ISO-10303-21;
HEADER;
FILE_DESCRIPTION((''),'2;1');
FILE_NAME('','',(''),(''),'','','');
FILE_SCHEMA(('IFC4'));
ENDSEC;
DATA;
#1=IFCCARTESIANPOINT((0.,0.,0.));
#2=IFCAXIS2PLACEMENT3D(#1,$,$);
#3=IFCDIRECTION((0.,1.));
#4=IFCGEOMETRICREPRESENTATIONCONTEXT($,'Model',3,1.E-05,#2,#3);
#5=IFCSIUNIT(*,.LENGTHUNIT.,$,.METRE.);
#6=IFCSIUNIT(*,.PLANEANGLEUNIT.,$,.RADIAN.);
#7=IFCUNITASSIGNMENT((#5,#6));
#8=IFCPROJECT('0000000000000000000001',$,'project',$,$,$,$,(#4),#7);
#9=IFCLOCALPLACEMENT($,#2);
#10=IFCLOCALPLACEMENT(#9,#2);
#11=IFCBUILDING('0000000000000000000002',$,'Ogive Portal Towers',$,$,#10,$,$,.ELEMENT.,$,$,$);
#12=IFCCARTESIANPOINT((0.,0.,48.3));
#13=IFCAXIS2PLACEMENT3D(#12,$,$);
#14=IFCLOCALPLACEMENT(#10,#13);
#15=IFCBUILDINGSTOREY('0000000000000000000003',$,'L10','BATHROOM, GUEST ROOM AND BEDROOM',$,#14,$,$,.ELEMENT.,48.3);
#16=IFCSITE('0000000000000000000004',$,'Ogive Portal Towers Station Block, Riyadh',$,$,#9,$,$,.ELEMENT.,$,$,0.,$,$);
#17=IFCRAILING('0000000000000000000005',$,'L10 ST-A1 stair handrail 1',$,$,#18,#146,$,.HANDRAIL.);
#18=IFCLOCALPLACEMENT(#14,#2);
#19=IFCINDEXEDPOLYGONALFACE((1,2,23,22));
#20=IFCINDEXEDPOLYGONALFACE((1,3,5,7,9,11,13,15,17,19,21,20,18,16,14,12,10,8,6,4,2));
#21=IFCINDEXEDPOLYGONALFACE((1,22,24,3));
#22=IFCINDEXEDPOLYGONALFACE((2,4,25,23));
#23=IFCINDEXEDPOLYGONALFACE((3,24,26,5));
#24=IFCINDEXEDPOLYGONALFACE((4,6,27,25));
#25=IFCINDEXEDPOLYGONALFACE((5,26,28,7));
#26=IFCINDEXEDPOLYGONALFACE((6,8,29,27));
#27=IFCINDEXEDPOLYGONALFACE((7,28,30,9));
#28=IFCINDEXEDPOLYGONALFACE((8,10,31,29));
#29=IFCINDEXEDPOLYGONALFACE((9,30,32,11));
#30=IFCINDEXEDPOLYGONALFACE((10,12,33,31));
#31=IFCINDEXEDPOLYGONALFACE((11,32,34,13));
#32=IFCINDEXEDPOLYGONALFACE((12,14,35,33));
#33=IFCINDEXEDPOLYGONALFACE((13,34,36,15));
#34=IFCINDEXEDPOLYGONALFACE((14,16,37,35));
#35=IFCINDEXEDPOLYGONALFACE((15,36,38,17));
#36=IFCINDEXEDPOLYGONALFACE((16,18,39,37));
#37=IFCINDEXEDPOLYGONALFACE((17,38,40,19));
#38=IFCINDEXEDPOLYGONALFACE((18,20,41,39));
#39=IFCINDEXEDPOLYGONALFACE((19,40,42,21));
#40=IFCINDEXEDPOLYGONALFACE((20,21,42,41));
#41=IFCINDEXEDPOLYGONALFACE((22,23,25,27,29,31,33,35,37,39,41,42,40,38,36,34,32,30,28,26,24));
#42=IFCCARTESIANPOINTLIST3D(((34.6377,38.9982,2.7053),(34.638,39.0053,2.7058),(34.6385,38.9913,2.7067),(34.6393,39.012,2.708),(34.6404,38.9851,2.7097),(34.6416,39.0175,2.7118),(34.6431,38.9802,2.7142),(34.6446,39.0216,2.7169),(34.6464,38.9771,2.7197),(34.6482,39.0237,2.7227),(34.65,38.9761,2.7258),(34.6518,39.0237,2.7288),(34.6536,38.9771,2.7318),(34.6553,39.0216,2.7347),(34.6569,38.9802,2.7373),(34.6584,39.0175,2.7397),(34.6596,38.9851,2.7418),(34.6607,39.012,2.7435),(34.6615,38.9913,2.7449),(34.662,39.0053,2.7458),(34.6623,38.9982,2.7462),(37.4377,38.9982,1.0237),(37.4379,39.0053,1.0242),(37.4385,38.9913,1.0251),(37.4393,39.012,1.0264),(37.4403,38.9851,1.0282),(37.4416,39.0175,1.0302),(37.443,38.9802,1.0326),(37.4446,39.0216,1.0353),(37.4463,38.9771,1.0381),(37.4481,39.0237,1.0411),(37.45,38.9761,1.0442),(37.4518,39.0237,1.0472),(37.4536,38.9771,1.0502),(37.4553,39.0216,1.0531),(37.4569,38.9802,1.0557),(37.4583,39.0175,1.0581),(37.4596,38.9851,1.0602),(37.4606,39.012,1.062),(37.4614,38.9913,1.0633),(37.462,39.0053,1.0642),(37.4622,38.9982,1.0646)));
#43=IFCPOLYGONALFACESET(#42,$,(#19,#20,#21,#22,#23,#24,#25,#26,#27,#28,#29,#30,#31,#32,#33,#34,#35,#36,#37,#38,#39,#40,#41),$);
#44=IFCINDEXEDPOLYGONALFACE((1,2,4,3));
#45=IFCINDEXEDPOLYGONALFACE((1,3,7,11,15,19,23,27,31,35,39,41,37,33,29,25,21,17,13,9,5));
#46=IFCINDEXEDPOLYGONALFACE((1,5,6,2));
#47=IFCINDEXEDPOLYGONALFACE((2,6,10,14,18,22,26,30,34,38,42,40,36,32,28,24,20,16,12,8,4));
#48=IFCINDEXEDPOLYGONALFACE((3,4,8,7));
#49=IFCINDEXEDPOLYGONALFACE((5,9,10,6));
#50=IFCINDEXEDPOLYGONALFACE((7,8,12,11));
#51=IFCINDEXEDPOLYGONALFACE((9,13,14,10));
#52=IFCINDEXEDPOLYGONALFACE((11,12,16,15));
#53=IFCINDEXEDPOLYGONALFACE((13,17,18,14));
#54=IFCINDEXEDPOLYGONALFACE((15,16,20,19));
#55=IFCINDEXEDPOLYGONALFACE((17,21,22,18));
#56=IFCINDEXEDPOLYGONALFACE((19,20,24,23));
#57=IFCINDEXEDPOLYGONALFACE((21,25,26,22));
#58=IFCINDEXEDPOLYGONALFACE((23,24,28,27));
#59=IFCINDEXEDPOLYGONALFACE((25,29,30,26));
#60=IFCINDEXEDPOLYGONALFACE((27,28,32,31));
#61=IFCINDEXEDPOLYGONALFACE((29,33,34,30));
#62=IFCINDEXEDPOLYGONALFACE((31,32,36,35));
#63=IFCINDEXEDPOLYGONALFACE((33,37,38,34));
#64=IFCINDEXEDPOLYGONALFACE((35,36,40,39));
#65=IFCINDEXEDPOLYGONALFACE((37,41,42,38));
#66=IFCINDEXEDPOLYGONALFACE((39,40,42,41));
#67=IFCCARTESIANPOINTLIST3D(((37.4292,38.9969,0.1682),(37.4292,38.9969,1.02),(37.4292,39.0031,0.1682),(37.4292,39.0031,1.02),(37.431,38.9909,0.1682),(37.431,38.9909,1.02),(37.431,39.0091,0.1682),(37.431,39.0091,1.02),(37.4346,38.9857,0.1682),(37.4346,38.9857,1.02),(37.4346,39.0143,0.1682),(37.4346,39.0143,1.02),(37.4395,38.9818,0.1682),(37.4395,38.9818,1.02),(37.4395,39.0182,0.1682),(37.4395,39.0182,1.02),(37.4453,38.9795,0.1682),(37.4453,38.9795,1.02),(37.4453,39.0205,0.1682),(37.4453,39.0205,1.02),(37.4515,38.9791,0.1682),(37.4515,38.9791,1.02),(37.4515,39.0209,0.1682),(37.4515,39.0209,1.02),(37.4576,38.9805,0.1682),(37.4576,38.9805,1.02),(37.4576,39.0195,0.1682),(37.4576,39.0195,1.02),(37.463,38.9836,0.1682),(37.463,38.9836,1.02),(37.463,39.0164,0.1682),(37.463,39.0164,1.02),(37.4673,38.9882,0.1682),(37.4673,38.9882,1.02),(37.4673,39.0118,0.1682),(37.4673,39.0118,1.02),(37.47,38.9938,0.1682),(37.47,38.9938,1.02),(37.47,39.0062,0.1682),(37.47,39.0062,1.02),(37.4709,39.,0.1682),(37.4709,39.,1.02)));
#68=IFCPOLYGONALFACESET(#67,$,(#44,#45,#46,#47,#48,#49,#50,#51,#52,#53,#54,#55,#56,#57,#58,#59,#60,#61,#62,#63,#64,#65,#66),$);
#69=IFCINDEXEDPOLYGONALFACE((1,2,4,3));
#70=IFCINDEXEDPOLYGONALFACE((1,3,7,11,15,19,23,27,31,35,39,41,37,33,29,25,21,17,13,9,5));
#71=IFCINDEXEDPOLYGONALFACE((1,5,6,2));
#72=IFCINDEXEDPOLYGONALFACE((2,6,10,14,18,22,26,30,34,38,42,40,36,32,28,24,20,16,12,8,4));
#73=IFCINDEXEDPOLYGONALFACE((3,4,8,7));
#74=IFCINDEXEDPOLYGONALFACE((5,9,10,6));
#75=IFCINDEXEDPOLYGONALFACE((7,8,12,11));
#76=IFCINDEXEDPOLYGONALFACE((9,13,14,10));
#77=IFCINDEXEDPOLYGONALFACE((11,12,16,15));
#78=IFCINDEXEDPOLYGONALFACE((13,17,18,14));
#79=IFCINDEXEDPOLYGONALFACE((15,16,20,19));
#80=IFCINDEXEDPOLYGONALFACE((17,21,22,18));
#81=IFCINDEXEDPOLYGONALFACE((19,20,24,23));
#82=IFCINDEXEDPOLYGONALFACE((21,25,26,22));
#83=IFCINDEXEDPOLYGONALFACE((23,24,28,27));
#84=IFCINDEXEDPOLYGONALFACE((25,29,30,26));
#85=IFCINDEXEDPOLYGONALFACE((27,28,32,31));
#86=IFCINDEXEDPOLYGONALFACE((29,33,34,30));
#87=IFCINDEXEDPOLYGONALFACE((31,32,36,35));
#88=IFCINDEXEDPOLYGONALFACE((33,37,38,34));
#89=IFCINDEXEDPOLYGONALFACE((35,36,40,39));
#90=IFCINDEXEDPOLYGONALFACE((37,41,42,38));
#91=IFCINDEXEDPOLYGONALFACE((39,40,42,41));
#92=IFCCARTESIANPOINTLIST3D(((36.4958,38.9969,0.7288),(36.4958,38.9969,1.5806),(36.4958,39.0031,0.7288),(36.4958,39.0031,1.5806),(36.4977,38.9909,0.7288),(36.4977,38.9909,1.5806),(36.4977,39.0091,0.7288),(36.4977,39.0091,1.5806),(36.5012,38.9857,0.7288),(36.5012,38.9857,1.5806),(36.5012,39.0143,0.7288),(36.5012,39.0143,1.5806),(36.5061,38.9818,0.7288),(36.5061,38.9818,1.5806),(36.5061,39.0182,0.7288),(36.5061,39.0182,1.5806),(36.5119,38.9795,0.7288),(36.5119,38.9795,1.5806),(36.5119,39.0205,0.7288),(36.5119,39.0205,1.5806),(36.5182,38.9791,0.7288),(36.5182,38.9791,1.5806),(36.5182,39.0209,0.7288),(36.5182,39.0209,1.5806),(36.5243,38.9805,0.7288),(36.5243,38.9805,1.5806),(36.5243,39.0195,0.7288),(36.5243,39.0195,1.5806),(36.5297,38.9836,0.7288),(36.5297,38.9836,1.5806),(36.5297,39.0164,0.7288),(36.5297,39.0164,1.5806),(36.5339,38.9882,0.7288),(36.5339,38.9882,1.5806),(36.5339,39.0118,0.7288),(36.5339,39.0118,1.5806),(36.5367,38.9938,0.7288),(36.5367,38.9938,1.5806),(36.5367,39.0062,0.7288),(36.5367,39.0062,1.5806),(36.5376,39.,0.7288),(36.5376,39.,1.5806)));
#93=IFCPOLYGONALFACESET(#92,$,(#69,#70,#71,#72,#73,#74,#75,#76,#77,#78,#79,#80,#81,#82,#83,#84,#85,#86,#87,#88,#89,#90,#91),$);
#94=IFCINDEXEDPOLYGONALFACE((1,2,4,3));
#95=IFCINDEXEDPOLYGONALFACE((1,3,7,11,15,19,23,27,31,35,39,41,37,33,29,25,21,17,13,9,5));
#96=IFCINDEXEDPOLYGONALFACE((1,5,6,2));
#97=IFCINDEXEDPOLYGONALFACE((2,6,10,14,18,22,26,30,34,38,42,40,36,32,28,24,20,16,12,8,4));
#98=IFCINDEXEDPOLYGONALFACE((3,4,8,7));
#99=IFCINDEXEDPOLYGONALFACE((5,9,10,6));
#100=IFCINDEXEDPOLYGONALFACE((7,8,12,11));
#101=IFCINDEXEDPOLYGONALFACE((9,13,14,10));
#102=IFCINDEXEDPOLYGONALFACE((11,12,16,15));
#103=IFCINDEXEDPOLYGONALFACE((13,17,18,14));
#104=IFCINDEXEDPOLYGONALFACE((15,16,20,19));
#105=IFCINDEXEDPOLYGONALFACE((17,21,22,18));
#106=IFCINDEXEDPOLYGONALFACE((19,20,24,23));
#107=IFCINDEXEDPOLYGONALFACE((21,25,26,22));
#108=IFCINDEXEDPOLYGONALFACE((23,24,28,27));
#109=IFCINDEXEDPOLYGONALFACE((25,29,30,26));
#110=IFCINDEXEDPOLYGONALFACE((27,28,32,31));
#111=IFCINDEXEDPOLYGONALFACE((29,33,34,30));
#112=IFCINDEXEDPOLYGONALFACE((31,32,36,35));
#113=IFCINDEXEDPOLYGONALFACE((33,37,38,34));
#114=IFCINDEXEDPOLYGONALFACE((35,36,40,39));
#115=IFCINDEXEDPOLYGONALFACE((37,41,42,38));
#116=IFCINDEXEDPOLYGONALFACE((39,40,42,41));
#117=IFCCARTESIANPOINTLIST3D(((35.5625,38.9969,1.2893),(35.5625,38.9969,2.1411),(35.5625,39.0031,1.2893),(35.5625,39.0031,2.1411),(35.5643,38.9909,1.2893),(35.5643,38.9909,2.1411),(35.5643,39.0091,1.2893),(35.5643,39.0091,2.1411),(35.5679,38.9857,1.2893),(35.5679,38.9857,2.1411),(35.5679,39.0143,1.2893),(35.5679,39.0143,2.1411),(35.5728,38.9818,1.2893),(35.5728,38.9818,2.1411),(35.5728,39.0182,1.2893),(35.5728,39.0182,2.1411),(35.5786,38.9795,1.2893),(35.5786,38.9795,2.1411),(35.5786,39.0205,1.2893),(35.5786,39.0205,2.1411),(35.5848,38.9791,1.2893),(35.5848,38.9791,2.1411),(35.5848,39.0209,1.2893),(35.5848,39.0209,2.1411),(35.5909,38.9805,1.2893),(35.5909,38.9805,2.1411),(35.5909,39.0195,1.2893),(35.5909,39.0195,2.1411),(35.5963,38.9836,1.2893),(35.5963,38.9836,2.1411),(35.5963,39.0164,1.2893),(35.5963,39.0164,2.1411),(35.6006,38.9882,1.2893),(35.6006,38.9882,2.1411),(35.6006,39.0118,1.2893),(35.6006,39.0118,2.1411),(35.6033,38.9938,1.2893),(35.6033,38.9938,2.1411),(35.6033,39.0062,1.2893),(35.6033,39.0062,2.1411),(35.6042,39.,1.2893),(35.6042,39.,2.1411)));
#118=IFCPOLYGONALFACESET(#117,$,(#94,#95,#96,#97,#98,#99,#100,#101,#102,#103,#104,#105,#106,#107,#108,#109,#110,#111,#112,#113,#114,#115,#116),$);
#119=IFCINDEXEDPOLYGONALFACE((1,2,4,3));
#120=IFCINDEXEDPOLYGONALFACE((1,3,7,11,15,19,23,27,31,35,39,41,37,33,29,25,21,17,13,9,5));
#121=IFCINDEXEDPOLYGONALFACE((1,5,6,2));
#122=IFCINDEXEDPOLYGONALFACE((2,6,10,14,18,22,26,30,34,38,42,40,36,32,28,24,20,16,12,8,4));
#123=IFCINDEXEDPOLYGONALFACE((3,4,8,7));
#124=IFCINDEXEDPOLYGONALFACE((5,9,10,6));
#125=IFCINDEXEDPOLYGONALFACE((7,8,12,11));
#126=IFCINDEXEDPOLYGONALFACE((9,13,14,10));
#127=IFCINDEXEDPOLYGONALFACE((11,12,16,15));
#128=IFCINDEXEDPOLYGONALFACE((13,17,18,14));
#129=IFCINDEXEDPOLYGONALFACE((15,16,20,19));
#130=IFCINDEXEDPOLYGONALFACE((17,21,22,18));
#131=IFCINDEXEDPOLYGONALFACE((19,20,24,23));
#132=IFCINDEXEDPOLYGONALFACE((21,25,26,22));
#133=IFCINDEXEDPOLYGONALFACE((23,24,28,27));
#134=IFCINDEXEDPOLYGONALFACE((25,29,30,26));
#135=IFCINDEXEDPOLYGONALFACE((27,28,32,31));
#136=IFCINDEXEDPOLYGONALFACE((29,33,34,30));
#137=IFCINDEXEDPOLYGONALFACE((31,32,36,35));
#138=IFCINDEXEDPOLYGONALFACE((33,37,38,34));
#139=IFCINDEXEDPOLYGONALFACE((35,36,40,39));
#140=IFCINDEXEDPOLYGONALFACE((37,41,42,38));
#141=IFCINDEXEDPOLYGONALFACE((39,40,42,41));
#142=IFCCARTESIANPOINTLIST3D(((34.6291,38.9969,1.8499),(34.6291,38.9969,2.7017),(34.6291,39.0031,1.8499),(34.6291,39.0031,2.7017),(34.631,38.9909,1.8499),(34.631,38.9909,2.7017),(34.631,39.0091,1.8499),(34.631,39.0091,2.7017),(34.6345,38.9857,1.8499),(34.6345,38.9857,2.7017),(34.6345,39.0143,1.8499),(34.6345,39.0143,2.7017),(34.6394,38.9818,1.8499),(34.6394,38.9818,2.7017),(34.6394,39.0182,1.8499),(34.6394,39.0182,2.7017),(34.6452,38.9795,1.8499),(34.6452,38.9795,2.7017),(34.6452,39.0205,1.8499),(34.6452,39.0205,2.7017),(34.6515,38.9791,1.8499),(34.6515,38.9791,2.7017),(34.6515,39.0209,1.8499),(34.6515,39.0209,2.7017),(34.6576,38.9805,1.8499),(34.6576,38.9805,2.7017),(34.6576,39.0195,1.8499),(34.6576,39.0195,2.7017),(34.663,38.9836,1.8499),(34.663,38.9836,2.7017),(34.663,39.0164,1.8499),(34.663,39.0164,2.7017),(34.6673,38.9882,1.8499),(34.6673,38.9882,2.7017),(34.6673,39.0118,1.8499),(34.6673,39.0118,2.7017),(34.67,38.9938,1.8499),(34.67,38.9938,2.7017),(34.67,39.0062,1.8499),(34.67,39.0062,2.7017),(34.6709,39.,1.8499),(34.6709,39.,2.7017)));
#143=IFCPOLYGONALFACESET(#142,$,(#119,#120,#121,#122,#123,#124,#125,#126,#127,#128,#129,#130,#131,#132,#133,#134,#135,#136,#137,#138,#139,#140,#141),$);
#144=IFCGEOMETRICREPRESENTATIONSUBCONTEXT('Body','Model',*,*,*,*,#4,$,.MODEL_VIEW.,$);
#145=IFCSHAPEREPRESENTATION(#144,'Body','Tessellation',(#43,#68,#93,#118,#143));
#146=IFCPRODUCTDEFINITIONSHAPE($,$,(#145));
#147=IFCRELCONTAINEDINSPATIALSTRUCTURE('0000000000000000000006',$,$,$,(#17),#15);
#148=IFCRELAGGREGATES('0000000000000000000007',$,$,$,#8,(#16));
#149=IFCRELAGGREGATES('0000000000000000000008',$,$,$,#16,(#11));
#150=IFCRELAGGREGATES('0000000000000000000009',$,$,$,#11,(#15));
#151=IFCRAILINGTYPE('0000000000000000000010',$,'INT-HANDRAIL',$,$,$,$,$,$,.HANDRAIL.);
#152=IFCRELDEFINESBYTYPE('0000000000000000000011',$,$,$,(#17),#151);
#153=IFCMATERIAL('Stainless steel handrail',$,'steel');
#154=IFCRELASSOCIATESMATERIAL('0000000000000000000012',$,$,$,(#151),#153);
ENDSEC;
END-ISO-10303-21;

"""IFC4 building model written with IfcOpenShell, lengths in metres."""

from ifc_helpers import new_model, si_unit, direction, frame, origin, origin_2d, place, context, subcontext, project, spatial, circle, extrude, material, type_object, element, save


model = new_model("IFC4")

# Units and contexts
model_context = context("Model", 3, precision=1e-05, world=origin(), true_north=direction((0.0, 1.0)))
body_context = subcontext(model_context, "Body", "Model", "MODEL_VIEW")
ifc_project = project(units=[si_unit("LENGTHUNIT", "METRE"), si_unit("PLANEANGLEUNIT", "RADIAN")], contexts=[model_context])

# Site, building, storey
site_placement = place(None, origin())
site = spatial("IfcSite", under=ifc_project, at=site_placement, Name="Ogive Portal Towers Station Block, Riyadh", CompositionType="ELEMENT", RefElevation=0.0)
building_placement = place(site_placement, origin())
building = spatial("IfcBuilding", under=site, at=building_placement, Name="Ogive Portal Towers", CompositionType="ELEMENT")
storey_placement = place(building_placement, frame((0.0, 0.0, 48.3)))
storey = spatial("IfcBuildingStorey", under=building, at=storey_placement, Name="L10", Description="BATHROOM, GUEST ROOM AND BEDROOM", CompositionType="ELEMENT", Elevation=48.3)

# Railing
ifc_material_1 = material(Name="Stainless steel handrail", Category="steel")
railing_type_1 = type_object("IfcRailingType", Name="INT-HANDRAIL", PredefinedType="HANDRAIL", material=ifc_material_1)
railing_1_placement = place(storey_placement, frame((37.45, 39.0, 0.1682)))
element("IfcRailing", 1, at=railing_1_placement, inside=storey, type_object=railing_type_1, Name="L10 ST-A1 stair handrail 1", PredefinedType="HANDRAIL", context=body_context, shape_type="SweptSolid", body=[
    extrude(circle(Radius=0.0239, at=origin_2d()), frame((0.0, 0.0, 0.876), z_axis=(-0.857275, 0.0, 0.514858), x_axis=(0.0, -1.0, 0.0)), (0.0, 0.0, 1.0), 3.2661),
    extrude(circle(Radius=0.021, at=origin_2d()), origin(), (0.0, 0.0, 1.0), 0.8518),
    extrude(circle(Radius=0.021, at=origin_2d()), frame((-0.9333, 0.0, 0.5605)), (0.0, 0.0, 1.0), 0.8518),
    extrude(circle(Radius=0.021, at=origin_2d()), frame((-1.8667, 0.0, 1.1211)), (0.0, 0.0, 1.0), 0.8518),
    extrude(circle(Radius=0.021, at=origin_2d()), frame((-2.8, 0.0, 1.6816)), (0.0, 0.0, 1.0), 0.8518),
])

save(model, "model.ifc")
